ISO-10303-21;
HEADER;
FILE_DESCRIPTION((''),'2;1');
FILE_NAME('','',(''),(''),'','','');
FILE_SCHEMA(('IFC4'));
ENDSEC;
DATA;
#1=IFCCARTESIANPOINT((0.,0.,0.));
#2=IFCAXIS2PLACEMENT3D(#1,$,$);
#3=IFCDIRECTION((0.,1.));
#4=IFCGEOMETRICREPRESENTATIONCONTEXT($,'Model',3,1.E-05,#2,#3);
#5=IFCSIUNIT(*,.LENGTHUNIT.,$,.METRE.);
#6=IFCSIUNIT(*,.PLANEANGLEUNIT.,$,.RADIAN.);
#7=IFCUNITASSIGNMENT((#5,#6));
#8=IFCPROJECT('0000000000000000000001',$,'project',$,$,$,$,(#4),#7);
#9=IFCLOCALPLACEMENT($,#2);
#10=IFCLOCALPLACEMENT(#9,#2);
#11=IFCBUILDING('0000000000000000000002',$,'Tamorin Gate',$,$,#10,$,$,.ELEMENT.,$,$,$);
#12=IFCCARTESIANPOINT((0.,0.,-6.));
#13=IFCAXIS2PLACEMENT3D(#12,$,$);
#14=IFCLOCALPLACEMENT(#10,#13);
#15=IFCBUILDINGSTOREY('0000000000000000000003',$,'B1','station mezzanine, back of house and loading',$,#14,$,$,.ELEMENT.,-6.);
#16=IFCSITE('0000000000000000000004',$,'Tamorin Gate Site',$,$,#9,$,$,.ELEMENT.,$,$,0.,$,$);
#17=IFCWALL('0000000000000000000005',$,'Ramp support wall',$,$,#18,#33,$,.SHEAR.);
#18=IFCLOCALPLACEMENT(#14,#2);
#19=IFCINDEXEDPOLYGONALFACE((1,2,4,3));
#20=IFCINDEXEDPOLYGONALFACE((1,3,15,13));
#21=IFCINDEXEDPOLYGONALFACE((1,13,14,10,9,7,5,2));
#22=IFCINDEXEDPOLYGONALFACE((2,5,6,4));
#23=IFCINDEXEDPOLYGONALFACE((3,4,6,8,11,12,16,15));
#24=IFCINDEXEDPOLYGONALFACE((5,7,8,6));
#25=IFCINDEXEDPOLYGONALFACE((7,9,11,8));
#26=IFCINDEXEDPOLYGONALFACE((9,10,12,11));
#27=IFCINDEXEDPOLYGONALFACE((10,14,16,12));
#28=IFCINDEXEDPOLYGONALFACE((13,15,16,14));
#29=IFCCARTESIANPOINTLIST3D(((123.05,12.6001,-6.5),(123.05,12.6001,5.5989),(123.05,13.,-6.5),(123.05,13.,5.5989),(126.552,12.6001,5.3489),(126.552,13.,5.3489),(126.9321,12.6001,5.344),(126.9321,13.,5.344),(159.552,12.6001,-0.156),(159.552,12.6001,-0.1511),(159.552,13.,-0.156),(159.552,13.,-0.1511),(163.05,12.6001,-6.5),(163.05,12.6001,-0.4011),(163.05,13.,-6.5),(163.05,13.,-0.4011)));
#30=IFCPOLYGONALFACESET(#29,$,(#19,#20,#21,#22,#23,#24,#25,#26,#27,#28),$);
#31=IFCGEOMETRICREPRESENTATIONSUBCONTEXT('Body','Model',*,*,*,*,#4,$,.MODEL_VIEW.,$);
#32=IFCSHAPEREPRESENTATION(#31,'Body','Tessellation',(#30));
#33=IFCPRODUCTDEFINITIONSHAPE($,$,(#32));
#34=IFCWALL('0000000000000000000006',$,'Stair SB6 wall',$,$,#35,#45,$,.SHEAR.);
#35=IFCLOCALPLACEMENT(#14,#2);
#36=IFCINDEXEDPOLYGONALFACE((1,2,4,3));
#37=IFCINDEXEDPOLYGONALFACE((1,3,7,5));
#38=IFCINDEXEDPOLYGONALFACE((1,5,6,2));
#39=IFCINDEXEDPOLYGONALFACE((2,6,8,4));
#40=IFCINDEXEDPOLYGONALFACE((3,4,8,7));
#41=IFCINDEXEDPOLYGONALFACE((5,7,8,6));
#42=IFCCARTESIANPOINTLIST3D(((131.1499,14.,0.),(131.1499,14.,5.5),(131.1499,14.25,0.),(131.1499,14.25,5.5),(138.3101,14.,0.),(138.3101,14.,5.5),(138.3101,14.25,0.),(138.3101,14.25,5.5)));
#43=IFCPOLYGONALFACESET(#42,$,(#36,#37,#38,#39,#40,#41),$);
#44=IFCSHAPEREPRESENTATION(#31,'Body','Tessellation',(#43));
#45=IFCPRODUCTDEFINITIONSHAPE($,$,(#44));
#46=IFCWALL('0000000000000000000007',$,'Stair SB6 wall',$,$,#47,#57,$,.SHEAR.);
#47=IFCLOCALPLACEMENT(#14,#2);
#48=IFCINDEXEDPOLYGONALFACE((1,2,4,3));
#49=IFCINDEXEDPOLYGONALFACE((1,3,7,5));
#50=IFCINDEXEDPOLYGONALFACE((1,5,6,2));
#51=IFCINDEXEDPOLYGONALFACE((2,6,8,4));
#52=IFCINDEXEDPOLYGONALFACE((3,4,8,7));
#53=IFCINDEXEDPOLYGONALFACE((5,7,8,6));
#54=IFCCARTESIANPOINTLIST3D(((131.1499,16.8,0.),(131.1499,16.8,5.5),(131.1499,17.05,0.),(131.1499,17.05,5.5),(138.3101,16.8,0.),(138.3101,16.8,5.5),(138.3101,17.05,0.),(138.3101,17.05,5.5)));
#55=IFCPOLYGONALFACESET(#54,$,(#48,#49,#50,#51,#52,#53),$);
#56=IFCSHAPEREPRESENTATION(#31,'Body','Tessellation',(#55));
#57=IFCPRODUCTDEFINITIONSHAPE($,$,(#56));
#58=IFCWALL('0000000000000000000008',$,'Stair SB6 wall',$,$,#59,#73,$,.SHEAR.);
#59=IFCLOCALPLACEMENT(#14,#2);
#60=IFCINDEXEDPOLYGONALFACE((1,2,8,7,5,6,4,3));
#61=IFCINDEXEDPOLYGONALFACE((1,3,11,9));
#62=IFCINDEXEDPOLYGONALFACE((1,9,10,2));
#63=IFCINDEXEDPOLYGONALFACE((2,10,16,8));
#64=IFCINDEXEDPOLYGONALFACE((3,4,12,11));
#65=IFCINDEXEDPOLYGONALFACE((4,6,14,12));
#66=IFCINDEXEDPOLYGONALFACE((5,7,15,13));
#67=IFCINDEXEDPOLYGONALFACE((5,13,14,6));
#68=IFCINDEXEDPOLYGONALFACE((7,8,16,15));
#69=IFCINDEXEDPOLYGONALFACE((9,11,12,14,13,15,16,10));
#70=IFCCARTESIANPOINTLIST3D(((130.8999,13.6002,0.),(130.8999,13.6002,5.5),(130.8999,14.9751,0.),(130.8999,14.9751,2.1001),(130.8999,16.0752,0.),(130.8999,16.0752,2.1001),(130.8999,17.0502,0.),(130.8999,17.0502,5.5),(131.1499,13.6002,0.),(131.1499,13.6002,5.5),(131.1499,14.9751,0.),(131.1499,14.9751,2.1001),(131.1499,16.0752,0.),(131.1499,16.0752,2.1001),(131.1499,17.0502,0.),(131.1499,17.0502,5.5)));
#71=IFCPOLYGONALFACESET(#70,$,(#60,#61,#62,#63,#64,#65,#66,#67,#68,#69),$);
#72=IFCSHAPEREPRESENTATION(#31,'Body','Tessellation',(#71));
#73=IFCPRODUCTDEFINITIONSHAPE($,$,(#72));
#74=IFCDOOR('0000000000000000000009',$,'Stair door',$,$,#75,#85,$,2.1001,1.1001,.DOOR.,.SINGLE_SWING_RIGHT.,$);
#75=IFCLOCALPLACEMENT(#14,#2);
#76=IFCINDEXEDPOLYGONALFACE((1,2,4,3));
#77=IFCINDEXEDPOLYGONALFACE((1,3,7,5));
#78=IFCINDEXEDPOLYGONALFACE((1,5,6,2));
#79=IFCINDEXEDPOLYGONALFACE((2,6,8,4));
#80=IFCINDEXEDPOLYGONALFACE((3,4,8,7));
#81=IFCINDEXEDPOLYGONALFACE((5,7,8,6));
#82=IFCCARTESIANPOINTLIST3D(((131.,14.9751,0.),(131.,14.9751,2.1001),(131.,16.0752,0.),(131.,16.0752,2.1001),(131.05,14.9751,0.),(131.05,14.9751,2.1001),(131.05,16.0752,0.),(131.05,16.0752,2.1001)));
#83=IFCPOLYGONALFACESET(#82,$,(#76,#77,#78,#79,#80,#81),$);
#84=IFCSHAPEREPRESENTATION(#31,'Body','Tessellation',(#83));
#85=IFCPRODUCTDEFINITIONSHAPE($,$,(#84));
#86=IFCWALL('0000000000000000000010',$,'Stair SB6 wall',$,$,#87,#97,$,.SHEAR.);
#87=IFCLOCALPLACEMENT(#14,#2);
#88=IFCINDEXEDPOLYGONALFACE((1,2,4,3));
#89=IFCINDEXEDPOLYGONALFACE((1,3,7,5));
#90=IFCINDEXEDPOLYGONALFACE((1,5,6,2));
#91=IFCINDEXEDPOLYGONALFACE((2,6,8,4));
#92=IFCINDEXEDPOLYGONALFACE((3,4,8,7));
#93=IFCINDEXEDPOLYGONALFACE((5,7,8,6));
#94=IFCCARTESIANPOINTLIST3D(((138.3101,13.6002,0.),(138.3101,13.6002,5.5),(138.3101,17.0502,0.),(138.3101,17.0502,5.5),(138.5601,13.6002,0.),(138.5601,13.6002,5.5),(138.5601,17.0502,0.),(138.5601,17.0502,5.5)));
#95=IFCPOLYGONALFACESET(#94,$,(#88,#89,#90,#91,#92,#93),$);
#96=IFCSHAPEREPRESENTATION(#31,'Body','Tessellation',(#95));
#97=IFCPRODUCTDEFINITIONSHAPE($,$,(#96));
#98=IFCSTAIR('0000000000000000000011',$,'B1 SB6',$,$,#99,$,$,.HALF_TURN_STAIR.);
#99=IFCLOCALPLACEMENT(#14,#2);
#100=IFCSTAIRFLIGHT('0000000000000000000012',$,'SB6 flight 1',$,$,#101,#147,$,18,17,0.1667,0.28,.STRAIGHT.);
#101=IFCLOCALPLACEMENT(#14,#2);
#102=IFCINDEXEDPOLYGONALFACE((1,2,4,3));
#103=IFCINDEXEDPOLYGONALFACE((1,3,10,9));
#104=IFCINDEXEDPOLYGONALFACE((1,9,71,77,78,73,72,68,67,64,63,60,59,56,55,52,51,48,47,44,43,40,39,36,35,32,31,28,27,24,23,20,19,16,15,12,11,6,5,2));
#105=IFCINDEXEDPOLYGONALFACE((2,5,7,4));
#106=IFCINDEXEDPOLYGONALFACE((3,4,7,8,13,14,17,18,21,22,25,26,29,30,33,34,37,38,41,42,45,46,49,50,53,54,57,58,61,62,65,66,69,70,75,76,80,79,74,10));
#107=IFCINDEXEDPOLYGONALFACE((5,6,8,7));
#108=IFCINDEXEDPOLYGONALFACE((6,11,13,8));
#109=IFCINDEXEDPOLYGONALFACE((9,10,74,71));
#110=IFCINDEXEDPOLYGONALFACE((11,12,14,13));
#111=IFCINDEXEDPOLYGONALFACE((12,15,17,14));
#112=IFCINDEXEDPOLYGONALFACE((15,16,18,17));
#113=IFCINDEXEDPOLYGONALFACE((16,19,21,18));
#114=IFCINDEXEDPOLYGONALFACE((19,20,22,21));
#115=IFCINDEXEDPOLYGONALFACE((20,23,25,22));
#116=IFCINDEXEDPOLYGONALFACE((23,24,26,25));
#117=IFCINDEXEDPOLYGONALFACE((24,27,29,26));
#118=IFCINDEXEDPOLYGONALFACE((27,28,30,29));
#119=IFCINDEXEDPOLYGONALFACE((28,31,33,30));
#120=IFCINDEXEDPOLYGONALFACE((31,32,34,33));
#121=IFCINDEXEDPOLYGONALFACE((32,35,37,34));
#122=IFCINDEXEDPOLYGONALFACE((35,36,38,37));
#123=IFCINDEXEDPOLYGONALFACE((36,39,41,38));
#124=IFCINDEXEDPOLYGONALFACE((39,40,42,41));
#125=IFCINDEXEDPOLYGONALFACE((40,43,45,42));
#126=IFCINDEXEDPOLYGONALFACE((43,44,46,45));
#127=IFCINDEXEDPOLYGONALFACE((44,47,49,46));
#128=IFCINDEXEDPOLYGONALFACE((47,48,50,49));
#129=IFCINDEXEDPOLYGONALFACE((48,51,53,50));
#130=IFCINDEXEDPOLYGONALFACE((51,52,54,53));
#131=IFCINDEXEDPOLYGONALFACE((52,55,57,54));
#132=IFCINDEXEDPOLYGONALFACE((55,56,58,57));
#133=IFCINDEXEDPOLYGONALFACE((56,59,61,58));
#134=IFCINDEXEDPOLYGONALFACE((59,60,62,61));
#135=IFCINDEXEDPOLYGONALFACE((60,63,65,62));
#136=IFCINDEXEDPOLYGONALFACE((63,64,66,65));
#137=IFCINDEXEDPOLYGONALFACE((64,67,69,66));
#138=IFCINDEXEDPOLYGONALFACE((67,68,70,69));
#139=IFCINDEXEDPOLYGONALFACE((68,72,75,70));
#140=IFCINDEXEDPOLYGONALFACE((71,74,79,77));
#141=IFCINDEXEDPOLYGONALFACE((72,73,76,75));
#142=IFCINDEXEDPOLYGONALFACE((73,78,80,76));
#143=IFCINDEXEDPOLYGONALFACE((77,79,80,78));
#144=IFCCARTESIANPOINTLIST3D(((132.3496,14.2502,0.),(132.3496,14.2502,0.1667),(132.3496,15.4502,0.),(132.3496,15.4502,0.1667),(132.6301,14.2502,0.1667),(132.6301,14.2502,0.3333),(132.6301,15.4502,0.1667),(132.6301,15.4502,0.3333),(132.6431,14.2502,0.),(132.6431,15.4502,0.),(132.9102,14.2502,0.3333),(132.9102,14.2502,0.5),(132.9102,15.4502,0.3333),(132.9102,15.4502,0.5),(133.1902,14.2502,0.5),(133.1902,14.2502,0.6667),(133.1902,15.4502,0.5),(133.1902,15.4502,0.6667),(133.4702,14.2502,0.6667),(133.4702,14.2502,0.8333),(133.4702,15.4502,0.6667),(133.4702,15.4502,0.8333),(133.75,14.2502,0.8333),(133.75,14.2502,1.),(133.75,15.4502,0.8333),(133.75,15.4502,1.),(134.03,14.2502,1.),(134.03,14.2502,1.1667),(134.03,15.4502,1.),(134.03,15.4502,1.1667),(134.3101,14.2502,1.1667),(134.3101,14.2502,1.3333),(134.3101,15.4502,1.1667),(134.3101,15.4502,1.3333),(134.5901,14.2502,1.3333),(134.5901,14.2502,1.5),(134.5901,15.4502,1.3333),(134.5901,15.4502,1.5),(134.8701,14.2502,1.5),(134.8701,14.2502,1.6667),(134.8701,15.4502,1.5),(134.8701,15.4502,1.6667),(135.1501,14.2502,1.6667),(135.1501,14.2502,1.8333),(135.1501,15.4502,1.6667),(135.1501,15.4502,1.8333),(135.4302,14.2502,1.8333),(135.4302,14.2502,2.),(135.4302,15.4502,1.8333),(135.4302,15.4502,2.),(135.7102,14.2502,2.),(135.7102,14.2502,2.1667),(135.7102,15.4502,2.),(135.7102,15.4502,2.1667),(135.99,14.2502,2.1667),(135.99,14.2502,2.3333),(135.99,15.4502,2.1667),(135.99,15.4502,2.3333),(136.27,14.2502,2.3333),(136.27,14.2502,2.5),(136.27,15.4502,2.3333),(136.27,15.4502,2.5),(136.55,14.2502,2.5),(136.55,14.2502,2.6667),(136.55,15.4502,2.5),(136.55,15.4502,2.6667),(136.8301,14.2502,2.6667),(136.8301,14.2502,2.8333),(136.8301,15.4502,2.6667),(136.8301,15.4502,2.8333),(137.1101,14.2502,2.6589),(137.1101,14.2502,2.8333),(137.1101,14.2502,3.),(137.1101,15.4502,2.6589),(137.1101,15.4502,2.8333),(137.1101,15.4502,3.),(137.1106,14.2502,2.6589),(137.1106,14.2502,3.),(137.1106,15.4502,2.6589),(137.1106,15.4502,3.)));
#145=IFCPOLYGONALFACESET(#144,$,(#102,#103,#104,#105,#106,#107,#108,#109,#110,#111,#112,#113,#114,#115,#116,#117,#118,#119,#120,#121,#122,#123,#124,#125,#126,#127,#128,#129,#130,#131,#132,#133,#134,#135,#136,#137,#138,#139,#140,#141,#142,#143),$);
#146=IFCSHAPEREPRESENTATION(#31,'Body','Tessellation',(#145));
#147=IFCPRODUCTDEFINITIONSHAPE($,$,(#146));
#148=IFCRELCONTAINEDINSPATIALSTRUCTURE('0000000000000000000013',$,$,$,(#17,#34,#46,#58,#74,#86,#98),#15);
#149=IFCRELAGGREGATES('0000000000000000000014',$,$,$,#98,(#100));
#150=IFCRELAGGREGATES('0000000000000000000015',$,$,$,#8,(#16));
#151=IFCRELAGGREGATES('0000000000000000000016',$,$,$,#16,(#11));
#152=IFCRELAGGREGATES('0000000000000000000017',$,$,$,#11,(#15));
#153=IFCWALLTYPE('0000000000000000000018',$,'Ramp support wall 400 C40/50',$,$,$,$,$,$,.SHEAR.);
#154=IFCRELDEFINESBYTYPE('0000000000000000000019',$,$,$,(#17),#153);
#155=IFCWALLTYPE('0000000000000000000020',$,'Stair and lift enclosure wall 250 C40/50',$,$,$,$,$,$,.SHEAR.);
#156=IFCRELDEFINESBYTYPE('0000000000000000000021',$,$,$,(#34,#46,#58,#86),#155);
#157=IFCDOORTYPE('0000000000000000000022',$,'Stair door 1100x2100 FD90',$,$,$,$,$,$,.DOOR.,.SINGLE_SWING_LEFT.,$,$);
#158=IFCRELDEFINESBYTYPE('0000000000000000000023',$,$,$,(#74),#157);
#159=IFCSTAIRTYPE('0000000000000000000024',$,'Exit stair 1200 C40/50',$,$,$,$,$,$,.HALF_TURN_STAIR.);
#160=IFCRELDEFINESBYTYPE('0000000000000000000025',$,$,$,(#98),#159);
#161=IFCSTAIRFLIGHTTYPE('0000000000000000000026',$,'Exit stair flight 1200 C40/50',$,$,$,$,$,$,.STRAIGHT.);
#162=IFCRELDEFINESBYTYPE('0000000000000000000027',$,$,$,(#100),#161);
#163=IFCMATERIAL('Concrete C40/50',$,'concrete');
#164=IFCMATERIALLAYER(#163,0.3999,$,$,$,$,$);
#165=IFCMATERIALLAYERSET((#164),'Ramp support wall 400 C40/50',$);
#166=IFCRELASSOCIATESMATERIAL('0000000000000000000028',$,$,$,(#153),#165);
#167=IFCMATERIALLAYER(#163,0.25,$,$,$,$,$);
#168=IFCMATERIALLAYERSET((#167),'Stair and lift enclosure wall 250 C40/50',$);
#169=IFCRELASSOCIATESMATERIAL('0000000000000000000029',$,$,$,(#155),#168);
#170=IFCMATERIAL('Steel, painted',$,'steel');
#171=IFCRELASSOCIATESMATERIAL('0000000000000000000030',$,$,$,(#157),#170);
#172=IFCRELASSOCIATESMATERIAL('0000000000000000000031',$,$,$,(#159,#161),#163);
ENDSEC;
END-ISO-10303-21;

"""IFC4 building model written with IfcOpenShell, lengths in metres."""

from ifc_helpers import new_model, si_unit, direction, frame, frame_2d, origin, place, context, subcontext, project, spatial, polyline, rectangle, outline, extrude, material, layer, layer_set, type_object, element, fill, aggregate, save


model = new_model("IFC4")

# Units and contexts
model_context = context("Model", 3, precision=1e-05, world=origin(), true_north=direction((0.0, 1.0)))
body_context = subcontext(model_context, "Body", "Model", "MODEL_VIEW")
ifc_project = project(units=[si_unit("LENGTHUNIT", "METRE"), si_unit("PLANEANGLEUNIT", "RADIAN")], contexts=[model_context])

# Site, building, storey
site_placement = place(None, origin())
site = spatial("IfcSite", under=ifc_project, at=site_placement, Name="Tamorin Gate Site", CompositionType="ELEMENT", RefElevation=0.0)
building_placement = place(site_placement, origin())
building = spatial("IfcBuilding", under=site, at=building_placement, Name="Tamorin Gate", CompositionType="ELEMENT")
storey_placement = place(building_placement, frame((0.0, 0.0, -6.0)))
storey = spatial("IfcBuildingStorey", under=building, at=storey_placement, Name="B1", Description="station mezzanine, back of house and loading", CompositionType="ELEMENT", Elevation=-6.0)

# Shared definitions
ifc_material_1 = material(Name="Concrete C40/50", Category="concrete")

# Walls
ifc_layer_1 = layer(ifc_material_1, 0.3999)
ifc_layer_set_1 = layer_set([ifc_layer_1], Name="Ramp support wall 400 C40/50")
wall_type_1 = type_object("IfcWallType", Name="Ramp support wall 400 C40/50", PredefinedType="SHEAR", material=ifc_layer_set_1)
wall_1_placement = place(storey_placement, frame((123.05, 12.8, -6.5), z_axis=(0.0, 0.0, 1.0), x_axis=(1.0, 0.0, 0.0)))
element("IfcWall", 1, at=wall_1_placement, inside=storey, type_object=wall_type_1, Name="Ramp support wall", PredefinedType="SHEAR", context=body_context, shape_type="SweptSolid", body=[
    extrude(outline(polyline([(0.0, 0.0), (40.0, 0.0), (40.0, 6.0989), (36.502, 6.3489), (36.502, 6.344), (3.8821, 11.844), (3.502, 11.8489), (0.0, 12.0989), (0.0, 0.0)])), frame((0.0, 0.2, 0.0), z_axis=(0.0, -1.0, 0.0), x_axis=(1.0, 0.0, 0.0)), (0.0, 0.0, 1.0), 0.3999),
])
ifc_layer_2 = layer(ifc_material_1, 0.25)
ifc_layer_set_2 = layer_set([ifc_layer_2], Name="Stair and lift enclosure wall 250 C40/50")
wall_type_2 = type_object("IfcWallType", Name="Stair and lift enclosure wall 250 C40/50", PredefinedType="SHEAR", material=ifc_layer_set_2)
for number, where, z_axis, x_axis, name in (
    (2, (131.1499, 14.125, 0.0), (0.0, 0.0, 1.0), (1.0, 0.0, 0.0), "Stair SB6 wall"),
    (3, (131.1499, 16.925, 0.0), (0.0, 0.0, 1.0), (1.0, 0.0, 0.0), "Stair SB6 wall"),
):
    element("IfcWall", number, at=place(storey_placement, frame(where, z_axis=z_axis, x_axis=x_axis)), inside=storey, type_object=wall_type_2, Name=name, PredefinedType="SHEAR", context=body_context, shape_type="SweptSolid", body=[
        extrude(rectangle(XDim=7.1602, YDim=0.25, at=frame_2d((3.5801, 0.0))), origin(), (0.0, 0.0, 1.0), 5.5),
    ])

# Wall, opening, door
wall_2_placement = place(storey_placement, frame((131.0249, 13.6001, 0.0), z_axis=(0.0, 0.0, 1.0), x_axis=(0.0, 1.0, 0.0)))
wall_2 = element("IfcWall", 4, at=wall_2_placement, inside=storey, type_object=wall_type_2, Name="Stair SB6 wall", PredefinedType="SHEAR", context=body_context, shape_type="SweptSolid", body=[
    extrude(rectangle(XDim=3.45, YDim=0.25, at=frame_2d((1.7251, 0.0))), origin(), (0.0, 0.0, 1.0), 5.5),
])
opening_placement = place(wall_2_placement, frame((1.375, 0.0, 0.0)))
opening = element("IfcOpeningElement", 5, at=opening_placement, cuts=wall_2, PredefinedType="OPENING", context=body_context, shape_type="SweptSolid", body=[
    extrude(rectangle(XDim=1.1001, YDim=2.1001, at=frame_2d((0.55, 1.05))), frame((0.0, 0.135, 0.0), z_axis=(0.0, -1.0, 0.0), x_axis=(1.0, 0.0, 0.0)), (0.0, 0.0, 1.0), 0.27),
])
ifc_material_2 = material(Name="Steel, painted", Category="steel")
door_type = type_object("IfcDoorType", Name="Stair door 1100x2100 FD90", OperationType="SINGLE_SWING_LEFT", PredefinedType="DOOR", material=ifc_material_2)
door_placement = place(opening_placement, origin())
door = element("IfcDoor", 6, at=door_placement, inside=storey, type_object=door_type, Name="Stair door", OperationType="SINGLE_SWING_RIGHT", OverallHeight=2.1001, OverallWidth=1.1001, PredefinedType="DOOR", context=body_context, shape_type="SweptSolid", body=[
    extrude(rectangle(XDim=1.1001, YDim=2.1001, at=frame_2d((0.55, 1.05))), frame((0.0, 0.0249, 0.0), z_axis=(0.0, -1.0, 0.0), x_axis=(1.0, 0.0, 0.0)), (0.0, 0.0, 1.0), 0.05),
])
fill(opening, door)

# Wall
wall_3_placement = place(storey_placement, frame((138.4351, 13.6001, 0.0), z_axis=(0.0, 0.0, 1.0), x_axis=(0.0, 1.0, 0.0)))
element("IfcWall", 7, at=wall_3_placement, inside=storey, type_object=wall_type_2, Name="Stair SB6 wall", PredefinedType="SHEAR", context=body_context, shape_type="SweptSolid", body=[
    extrude(rectangle(XDim=3.45, YDim=0.25, at=frame_2d((1.7251, 0.0))), origin(), (0.0, 0.0, 1.0), 5.5),
])

# Stair, stair flight
stair_type = type_object("IfcStairType", Name="Exit stair 1200 C40/50", PredefinedType="HALF_TURN_STAIR", material=ifc_material_1)
stair_placement = place(storey_placement, origin())
stair = element("IfcStair", 8, at=stair_placement, inside=storey, type_object=stair_type, Name="B1 SB6", PredefinedType="HALF_TURN_STAIR")
stair_flight_type = type_object("IfcStairFlightType", Name="Exit stair flight 1200 C40/50", PredefinedType="STRAIGHT", material=ifc_material_1)
stair_flight_1_placement = place(storey_placement, frame((132.3501, 14.8501, 0.0), z_axis=(0.0, 0.0, 1.0), x_axis=(1.0, 0.0, 0.0)))
stair_flight_1 = element("IfcStairFlight", 9, at=stair_flight_1_placement, type_object=stair_flight_type, Name="SB6 flight 1", NumberOfRisers=18, NumberOfTreads=17, PredefinedType="STRAIGHT", RiserHeight=0.1667, TreadLength=0.28, context=body_context, shape_type="SweptSolid", body=[
    extrude(outline(polyline([(-0.0005, 0.0), (-0.0005, 0.1667), (0.28, 0.1667), (0.28, 0.3333), (0.5601, 0.3333), (0.5601, 0.5), (0.8401, 0.5), (0.8401, 0.6667), (1.1201, 0.6667), (1.1201, 0.8333), (1.3999, 0.8333), (1.3999, 1.0), (1.6799, 1.0), (1.6799, 1.1667), (1.96, 1.1667), (1.96, 1.3333), (2.24, 1.3333), (2.24, 1.5), (2.52, 1.5), (2.52, 1.6667), (2.8, 1.6667), (2.8, 1.8333), (3.0801, 1.8333), (3.0801, 2.0), (3.3601, 2.0), (3.3601, 2.1667), (3.6399, 2.1667), (3.6399, 2.3333), (3.9199, 2.3333), (3.9199, 2.5), (4.2, 2.5), (4.2, 2.6667), (4.48, 2.6667), (4.48, 2.8333), (4.76, 2.8333), (4.76, 3.0), (4.7605, 3.0), (4.7605, 2.6589), (4.76, 2.6589), (0.293, 0.0), (-0.0005, 0.0)])), frame((0.0, 0.6001, 0.0), z_axis=(0.0, -1.0, 0.0), x_axis=(1.0, 0.0, 0.0)), (0.0, 0.0, 1.0), 1.2),
])
aggregate(stair, [stair_flight_1])

save(model, "model.ifc")
